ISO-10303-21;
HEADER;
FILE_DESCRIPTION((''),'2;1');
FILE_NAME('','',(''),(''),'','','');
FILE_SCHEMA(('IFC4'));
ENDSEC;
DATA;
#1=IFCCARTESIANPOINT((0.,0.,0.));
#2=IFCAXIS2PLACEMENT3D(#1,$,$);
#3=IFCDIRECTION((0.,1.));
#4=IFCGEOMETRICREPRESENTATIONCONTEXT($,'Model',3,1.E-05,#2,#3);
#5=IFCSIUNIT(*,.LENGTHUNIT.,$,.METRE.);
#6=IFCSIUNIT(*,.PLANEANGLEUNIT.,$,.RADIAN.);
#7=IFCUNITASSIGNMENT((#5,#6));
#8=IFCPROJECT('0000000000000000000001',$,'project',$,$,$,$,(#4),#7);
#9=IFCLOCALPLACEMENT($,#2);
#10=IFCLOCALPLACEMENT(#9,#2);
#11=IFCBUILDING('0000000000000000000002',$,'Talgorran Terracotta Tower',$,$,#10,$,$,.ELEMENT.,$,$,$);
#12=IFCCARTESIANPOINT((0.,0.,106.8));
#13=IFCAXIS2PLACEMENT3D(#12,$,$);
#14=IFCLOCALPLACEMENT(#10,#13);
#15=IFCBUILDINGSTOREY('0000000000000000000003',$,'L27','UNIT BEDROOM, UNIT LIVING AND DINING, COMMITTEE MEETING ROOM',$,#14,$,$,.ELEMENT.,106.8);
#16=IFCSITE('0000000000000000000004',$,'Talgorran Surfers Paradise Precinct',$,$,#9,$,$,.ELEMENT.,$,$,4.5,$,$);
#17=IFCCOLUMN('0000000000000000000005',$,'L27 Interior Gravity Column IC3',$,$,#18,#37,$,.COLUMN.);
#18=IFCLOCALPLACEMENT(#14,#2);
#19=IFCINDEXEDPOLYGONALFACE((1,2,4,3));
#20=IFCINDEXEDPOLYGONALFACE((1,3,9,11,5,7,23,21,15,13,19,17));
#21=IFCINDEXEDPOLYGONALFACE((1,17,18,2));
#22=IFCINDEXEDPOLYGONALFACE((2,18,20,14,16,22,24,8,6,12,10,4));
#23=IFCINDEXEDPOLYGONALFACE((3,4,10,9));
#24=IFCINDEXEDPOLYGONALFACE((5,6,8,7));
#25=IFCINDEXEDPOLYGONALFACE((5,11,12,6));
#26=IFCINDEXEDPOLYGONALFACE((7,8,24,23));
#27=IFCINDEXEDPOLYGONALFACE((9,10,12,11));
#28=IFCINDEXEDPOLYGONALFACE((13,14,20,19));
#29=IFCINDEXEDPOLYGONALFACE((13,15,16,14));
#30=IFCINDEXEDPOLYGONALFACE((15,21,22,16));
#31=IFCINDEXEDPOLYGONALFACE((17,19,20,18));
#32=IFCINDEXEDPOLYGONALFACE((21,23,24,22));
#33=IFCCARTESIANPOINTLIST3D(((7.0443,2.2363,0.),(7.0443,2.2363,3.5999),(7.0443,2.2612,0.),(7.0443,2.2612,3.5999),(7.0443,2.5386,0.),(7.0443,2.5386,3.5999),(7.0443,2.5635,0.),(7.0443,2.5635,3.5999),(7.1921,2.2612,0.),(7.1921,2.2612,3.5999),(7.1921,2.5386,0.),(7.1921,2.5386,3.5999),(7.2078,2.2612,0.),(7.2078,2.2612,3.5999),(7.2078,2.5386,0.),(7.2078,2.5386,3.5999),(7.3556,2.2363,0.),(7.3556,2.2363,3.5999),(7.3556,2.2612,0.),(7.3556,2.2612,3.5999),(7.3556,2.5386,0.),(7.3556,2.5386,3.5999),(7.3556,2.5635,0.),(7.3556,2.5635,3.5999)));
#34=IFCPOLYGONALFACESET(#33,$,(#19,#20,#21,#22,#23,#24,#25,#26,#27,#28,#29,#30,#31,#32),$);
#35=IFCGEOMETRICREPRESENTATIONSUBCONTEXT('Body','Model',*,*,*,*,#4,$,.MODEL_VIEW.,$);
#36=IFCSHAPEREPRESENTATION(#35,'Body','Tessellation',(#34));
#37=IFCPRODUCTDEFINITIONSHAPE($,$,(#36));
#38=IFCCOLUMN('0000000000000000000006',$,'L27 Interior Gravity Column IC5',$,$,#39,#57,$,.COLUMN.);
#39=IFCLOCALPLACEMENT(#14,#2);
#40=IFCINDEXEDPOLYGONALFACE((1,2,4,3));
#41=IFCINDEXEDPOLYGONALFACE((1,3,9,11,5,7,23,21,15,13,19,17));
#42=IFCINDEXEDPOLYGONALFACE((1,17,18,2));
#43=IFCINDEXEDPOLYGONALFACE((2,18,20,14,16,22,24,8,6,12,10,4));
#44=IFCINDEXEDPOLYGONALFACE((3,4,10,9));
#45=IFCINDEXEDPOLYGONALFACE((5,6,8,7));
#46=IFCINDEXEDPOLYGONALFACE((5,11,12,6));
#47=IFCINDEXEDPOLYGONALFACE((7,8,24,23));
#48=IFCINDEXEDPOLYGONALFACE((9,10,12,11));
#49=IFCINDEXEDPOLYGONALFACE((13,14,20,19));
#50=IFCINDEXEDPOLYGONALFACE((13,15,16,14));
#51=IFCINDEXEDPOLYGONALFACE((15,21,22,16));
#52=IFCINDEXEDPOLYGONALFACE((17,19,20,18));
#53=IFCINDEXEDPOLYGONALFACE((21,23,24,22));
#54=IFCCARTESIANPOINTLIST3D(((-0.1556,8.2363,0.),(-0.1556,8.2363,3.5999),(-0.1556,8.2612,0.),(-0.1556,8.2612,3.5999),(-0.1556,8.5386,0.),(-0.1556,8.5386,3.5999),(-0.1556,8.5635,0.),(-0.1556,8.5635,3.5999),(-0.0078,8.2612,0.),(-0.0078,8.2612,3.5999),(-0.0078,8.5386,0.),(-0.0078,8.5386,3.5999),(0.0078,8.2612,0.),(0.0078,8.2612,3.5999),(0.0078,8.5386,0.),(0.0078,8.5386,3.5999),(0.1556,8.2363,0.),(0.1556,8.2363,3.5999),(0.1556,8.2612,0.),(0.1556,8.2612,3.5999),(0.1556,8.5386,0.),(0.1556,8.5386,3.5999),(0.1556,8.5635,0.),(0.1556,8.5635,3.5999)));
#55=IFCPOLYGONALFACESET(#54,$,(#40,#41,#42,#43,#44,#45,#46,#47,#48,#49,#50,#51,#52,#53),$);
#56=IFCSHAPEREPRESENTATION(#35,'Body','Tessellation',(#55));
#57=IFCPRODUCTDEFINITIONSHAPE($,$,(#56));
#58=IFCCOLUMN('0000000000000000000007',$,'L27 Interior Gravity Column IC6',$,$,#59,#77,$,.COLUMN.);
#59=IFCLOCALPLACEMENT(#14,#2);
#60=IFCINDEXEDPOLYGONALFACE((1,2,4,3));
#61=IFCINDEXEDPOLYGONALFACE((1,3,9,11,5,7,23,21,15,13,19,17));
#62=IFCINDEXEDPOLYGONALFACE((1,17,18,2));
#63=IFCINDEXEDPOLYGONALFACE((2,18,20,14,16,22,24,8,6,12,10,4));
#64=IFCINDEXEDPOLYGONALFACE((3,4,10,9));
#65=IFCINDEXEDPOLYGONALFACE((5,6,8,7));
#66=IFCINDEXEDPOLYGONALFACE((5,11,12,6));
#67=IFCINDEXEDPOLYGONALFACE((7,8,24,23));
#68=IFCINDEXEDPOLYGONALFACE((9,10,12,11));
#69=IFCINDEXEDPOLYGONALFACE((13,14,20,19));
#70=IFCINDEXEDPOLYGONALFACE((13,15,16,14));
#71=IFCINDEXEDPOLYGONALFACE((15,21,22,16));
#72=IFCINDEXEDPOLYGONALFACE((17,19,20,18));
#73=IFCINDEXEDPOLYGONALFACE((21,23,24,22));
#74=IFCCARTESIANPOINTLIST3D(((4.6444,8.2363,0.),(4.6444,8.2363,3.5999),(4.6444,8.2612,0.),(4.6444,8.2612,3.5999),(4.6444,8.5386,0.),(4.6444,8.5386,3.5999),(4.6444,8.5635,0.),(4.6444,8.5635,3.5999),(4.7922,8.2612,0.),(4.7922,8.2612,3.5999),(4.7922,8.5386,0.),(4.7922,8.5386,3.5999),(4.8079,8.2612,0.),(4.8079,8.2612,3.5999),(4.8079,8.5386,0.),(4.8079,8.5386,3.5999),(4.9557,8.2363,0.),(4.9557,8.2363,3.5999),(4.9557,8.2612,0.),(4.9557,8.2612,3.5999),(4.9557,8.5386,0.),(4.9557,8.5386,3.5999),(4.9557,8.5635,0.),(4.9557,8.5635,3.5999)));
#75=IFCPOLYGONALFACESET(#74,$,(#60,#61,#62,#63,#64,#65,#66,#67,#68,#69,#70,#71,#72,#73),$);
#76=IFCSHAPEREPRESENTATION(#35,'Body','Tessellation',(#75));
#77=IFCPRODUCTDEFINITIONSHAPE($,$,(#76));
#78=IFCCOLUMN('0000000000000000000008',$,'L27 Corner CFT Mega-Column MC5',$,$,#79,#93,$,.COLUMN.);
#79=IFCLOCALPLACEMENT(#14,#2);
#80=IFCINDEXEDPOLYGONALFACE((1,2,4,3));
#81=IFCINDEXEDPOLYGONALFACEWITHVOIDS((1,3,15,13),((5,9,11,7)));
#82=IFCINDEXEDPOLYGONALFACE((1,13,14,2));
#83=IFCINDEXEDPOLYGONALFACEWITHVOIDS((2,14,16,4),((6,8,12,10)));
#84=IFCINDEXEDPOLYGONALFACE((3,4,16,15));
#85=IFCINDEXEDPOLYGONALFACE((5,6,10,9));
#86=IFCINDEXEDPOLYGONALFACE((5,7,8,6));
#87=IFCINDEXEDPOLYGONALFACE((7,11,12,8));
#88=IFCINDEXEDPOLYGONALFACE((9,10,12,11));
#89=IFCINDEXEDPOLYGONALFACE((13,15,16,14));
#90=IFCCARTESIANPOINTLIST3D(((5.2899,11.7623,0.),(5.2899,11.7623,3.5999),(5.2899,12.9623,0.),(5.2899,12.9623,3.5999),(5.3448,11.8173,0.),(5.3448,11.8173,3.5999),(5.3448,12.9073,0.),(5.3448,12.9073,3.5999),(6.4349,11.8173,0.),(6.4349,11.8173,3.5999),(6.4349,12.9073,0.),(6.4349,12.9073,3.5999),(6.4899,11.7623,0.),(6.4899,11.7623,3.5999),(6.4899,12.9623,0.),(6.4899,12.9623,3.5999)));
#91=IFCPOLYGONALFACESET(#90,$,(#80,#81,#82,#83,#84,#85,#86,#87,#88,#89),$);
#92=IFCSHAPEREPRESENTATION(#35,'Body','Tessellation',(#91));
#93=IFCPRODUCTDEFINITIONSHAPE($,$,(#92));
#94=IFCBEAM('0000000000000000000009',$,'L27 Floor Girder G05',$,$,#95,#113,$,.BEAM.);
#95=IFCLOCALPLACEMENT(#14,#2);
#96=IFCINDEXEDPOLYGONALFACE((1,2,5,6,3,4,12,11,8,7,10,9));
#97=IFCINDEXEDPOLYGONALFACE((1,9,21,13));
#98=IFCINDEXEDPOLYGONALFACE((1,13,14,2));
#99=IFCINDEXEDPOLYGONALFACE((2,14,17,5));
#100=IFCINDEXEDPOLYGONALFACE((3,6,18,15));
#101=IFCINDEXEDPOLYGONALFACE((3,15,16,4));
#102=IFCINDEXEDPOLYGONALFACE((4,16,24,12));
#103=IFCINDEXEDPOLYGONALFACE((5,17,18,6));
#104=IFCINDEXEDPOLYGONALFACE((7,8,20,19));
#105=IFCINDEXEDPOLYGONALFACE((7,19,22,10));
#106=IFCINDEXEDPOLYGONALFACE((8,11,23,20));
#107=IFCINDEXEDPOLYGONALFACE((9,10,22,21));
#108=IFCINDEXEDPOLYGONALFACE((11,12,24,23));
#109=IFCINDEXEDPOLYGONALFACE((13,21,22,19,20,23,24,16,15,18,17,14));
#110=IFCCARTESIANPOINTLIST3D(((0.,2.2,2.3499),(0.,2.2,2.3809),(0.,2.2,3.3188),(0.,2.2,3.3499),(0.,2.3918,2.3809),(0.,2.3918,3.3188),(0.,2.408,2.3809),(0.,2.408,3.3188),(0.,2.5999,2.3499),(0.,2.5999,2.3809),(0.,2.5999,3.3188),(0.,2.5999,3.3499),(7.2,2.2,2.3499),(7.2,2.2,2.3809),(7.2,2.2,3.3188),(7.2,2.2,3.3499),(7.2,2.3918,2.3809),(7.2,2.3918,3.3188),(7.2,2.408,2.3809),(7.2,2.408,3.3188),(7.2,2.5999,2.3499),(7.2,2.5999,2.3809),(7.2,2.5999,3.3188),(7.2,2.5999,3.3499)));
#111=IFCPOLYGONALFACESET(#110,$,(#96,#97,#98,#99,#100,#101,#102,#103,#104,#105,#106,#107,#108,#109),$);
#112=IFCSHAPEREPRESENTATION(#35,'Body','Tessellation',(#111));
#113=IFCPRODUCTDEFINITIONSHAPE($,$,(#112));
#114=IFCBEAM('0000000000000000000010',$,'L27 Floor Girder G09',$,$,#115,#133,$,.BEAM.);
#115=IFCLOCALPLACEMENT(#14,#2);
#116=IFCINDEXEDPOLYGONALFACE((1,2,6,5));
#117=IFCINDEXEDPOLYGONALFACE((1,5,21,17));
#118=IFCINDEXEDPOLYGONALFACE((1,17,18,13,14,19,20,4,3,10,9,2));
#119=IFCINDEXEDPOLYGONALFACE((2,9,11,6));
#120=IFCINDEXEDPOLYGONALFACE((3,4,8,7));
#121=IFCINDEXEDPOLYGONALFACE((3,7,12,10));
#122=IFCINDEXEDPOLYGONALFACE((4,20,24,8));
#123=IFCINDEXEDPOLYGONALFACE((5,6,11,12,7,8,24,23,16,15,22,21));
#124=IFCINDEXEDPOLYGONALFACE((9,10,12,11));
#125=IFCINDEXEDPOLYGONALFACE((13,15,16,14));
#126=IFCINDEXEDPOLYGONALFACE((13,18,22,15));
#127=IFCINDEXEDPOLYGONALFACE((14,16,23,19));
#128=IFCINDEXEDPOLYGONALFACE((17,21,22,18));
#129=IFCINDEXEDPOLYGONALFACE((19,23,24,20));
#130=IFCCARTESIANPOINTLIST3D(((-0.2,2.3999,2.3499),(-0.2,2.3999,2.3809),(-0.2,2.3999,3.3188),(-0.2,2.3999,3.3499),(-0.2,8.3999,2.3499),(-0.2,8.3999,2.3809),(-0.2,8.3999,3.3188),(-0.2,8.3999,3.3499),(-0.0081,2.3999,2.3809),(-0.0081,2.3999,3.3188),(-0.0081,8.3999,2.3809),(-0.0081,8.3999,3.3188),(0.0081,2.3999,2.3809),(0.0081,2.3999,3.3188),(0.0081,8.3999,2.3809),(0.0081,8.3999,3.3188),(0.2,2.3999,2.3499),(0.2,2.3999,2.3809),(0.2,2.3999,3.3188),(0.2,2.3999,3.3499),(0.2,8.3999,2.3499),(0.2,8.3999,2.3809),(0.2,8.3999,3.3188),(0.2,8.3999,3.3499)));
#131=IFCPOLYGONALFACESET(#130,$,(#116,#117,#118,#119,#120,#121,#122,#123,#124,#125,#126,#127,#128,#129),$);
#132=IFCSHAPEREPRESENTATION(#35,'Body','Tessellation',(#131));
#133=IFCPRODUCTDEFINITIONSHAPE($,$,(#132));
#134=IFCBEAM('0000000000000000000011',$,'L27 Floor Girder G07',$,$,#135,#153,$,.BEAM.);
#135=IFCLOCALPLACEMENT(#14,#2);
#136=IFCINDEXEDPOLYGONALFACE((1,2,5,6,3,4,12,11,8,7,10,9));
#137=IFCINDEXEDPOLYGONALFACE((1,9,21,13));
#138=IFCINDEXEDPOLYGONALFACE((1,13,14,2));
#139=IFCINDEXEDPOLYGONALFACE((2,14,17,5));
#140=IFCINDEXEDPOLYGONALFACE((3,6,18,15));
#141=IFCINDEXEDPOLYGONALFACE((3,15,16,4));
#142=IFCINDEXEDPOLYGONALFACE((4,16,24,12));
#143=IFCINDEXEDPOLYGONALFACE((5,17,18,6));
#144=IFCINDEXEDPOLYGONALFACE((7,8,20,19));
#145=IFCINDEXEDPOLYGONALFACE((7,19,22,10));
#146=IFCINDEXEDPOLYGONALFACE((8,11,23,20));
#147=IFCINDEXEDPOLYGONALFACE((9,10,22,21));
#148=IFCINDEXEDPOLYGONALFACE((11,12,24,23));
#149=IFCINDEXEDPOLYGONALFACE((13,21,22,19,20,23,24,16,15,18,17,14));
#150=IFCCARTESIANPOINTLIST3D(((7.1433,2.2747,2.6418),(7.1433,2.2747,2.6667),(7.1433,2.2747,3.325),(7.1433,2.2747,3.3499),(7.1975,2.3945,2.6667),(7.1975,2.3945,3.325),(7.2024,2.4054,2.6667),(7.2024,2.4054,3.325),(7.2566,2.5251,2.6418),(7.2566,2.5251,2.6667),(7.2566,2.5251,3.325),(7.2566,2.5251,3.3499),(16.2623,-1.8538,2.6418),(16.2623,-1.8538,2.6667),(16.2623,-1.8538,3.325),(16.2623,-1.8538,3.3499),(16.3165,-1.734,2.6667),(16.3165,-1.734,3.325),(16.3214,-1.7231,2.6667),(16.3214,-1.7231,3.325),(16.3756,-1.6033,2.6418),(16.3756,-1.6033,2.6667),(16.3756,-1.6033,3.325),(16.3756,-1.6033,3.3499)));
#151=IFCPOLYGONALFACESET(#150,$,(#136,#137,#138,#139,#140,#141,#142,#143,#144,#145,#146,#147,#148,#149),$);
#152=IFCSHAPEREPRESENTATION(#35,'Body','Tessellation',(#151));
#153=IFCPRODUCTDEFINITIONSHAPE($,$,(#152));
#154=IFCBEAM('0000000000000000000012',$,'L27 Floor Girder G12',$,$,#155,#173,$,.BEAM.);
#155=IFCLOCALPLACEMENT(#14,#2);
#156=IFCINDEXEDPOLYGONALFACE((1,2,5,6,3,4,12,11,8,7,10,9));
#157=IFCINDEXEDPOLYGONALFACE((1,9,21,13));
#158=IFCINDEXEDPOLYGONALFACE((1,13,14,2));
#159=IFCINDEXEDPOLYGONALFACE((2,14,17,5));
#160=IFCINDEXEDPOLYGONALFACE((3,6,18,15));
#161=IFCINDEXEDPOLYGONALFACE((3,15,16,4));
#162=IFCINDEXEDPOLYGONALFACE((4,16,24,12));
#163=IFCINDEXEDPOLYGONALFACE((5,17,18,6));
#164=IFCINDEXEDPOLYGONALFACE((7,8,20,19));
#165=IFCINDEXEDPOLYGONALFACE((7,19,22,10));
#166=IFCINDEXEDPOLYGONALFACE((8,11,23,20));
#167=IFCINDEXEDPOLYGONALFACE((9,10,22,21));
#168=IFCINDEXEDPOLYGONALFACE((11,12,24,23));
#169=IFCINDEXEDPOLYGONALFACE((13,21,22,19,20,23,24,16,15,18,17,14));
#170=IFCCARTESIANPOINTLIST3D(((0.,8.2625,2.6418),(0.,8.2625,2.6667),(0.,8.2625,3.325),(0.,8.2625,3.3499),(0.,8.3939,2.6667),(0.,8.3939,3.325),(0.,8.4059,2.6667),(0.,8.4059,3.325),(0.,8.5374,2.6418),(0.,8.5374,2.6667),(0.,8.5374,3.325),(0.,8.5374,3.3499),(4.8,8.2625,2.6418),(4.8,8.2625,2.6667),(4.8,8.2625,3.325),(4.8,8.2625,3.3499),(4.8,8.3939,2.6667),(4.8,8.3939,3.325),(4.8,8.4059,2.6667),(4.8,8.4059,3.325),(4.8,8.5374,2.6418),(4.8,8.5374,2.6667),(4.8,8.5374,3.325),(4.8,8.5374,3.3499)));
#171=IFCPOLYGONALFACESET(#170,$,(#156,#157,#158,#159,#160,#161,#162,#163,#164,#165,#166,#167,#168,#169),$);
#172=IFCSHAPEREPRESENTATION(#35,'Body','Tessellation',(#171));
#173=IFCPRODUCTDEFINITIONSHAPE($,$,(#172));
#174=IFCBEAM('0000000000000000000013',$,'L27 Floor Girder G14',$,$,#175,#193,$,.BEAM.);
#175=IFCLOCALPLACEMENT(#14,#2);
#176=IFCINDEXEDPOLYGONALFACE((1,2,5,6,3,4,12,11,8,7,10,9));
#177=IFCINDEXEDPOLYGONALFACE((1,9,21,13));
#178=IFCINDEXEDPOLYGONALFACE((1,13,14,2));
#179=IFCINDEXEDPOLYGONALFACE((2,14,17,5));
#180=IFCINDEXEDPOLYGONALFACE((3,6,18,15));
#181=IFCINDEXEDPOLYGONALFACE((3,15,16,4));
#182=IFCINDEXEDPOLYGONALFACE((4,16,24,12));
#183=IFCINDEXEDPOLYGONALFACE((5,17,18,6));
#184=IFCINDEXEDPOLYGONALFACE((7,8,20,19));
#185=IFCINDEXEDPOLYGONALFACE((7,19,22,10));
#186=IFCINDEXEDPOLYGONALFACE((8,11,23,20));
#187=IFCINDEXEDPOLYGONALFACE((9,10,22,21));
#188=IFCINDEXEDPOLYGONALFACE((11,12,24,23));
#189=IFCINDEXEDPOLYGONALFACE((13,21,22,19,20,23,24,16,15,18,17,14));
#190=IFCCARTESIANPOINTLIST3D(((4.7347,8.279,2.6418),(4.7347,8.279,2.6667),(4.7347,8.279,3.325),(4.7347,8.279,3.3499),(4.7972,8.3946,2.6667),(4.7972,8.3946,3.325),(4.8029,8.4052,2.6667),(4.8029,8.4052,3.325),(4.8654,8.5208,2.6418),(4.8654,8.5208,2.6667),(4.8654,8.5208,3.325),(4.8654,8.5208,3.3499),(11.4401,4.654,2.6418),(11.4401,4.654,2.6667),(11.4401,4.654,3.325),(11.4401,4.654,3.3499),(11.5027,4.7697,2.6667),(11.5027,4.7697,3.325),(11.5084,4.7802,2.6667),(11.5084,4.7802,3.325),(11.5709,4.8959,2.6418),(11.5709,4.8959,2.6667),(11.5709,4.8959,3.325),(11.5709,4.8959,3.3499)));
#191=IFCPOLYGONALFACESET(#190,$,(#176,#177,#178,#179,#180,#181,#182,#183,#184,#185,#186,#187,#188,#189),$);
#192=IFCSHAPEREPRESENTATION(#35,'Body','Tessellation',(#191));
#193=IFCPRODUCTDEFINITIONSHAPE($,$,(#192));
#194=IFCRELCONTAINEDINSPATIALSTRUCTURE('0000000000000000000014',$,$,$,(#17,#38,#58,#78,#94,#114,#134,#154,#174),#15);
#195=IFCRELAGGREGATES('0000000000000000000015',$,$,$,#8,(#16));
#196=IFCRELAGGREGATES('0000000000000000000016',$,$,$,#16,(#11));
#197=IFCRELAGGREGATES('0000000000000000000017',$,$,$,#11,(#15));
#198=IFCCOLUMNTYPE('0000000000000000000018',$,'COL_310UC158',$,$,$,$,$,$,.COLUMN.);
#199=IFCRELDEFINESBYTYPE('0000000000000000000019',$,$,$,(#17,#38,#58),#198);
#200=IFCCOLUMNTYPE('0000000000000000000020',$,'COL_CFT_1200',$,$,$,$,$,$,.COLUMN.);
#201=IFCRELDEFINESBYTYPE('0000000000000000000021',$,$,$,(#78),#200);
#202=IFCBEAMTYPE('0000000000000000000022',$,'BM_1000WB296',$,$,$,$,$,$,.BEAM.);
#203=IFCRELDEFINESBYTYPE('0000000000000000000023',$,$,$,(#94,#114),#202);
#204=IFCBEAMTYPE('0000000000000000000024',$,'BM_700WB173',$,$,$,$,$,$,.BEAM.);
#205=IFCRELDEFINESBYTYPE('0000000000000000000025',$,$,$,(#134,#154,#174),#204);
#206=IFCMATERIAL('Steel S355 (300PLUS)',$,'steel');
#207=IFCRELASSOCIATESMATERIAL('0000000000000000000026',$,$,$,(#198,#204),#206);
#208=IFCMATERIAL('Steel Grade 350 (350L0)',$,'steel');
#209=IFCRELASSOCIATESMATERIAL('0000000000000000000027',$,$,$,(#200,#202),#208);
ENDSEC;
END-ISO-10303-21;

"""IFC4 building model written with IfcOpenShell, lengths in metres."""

from ifc_helpers import new_model, si_unit, direction, frame, origin, origin_2d, place, context, subcontext, project, spatial, hollow_rectangle, i_section, extrude, material, material_profile, profile_set, type_object, element, save


model = new_model("IFC4")

# Units and contexts
model_context = context("Model", 3, precision=1e-05, world=origin(), true_north=direction((0.0, 1.0)))
body_context = subcontext(model_context, "Body", "Model", "MODEL_VIEW")
ifc_project = project(units=[si_unit("LENGTHUNIT", "METRE"), si_unit("PLANEANGLEUNIT", "RADIAN")], contexts=[model_context])

# Site, building, storey
site_placement = place(None, origin())
site = spatial("IfcSite", under=ifc_project, at=site_placement, Name="Talgorran Surfers Paradise Precinct", CompositionType="ELEMENT", RefElevation=4.5)
building_placement = place(site_placement, origin())
building = spatial("IfcBuilding", under=site, at=building_placement, Name="Talgorran Terracotta Tower", CompositionType="ELEMENT")
storey_placement = place(building_placement, frame((0.0, 0.0, 106.8)))
storey = spatial("IfcBuildingStorey", under=building, at=storey_placement, Name="L27", Description="UNIT BEDROOM, UNIT LIVING AND DINING, COMMITTEE MEETING ROOM", CompositionType="ELEMENT", Elevation=106.8)

# Columns
ifc_material_1 = material(Name="Steel S355 (300PLUS)", Category="steel")
ifc_material_profile_1 = material_profile(ifc_material_1, i_section(OverallWidth=0.3113, OverallDepth=0.3271, WebThickness=0.0156, FlangeThickness=0.0249, at=origin_2d()), Name="310UC158")
ifc_profile_set_1 = profile_set([ifc_material_profile_1], Name="Steel S355 (300PLUS)")
column_type_1 = type_object("IfcColumnType", Name="COL_310UC158", PredefinedType="COLUMN", material=ifc_profile_set_1)
for number, where, z_axis, x_axis, name in (
    (1, (7.2, 2.3999, 0.0), (0.0, 0.0, 1.0), (1.0, 0.0, 0.0), "L27 Interior Gravity Column IC3"),
    (2, (0.0, 8.3999, 0.0), (0.0, 0.0, 1.0), (1.0, 0.0, 0.0), "L27 Interior Gravity Column IC5"),
    (3, (4.8, 8.3999, 0.0), (0.0, 0.0, 1.0), (1.0, 0.0, 0.0), "L27 Interior Gravity Column IC6"),
):
    element("IfcColumn", number, at=place(storey_placement, frame(where, z_axis=z_axis, x_axis=x_axis)), inside=storey, type_object=column_type_1, Name=name, PredefinedType="COLUMN", context=body_context, shape_type="SweptSolid", body=[
        extrude(i_section(OverallWidth=0.3113, OverallDepth=0.3271, WebThickness=0.0156, FlangeThickness=0.0249, at=origin_2d()), origin(), (0.0, 0.0, 1.0), 3.5999),
    ])
ifc_material_2 = material(Name="Steel Grade 350 (350L0)", Category="steel")
ifc_material_profile_2 = material_profile(ifc_material_2, hollow_rectangle(XDim=1.2, YDim=1.2, WallThickness=0.0549, at=origin_2d()), Name="CFT1200X1200X55")
ifc_profile_set_2 = profile_set([ifc_material_profile_2], Name="Steel Grade 350 (350L0)")
column_type_2 = type_object("IfcColumnType", Name="COL_CFT_1200", PredefinedType="COLUMN", material=ifc_profile_set_2)
column_placement = place(storey_placement, frame((5.8899, 12.3623, 0.0), z_axis=(0.0, 0.0, 1.0), x_axis=(1.0, 0.0, 0.0)))
element("IfcColumn", 4, at=column_placement, inside=storey, type_object=column_type_2, Name="L27 Corner CFT Mega-Column MC5", PredefinedType="COLUMN", context=body_context, shape_type="SweptSolid", body=[
    extrude(hollow_rectangle(XDim=1.2, YDim=1.2, WallThickness=0.0549, at=origin_2d()), origin(), (0.0, 0.0, 1.0), 3.5999),
])

# Beams
ifc_material_profile_3 = material_profile(ifc_material_2, i_section(OverallWidth=0.3999, OverallDepth=1.0, WebThickness=0.0161, FlangeThickness=0.031, at=origin_2d()), Name="1000WB296")
ifc_profile_set_3 = profile_set([ifc_material_profile_3], Name="Steel Grade 350 (350L0)")
beam_type_1 = type_object("IfcBeamType", Name="BM_1000WB296", PredefinedType="BEAM", material=ifc_profile_set_3)
beam_1_placement = place(storey_placement, frame((0.0, 2.3999, 2.8499), z_axis=(1.0, 0.0, 0.0), x_axis=(0.0, 1.0, 0.0)))
element("IfcBeam", 5, at=beam_1_placement, inside=storey, type_object=beam_type_1, Name="L27 Floor Girder G05", PredefinedType="BEAM", context=body_context, shape_type="SweptSolid", body=[
    extrude(i_section(OverallWidth=0.3999, OverallDepth=1.0, WebThickness=0.0161, FlangeThickness=0.031, at=origin_2d()), origin(), (0.0, 0.0, 1.0), 7.2),
])
beam_2_placement = place(storey_placement, frame((0.0, 2.3999, 2.8499), z_axis=(0.0, 1.0, 0.0), x_axis=(-1.0, 0.0, 0.0)))
element("IfcBeam", 6, at=beam_2_placement, inside=storey, type_object=beam_type_1, Name="L27 Floor Girder G09", PredefinedType="BEAM", context=body_context, shape_type="SweptSolid", body=[
    extrude(i_section(OverallWidth=0.3999, OverallDepth=1.0, WebThickness=0.0161, FlangeThickness=0.031, at=origin_2d()), origin(), (0.0, 0.0, 1.0), 6.0),
])
ifc_material_profile_4 = material_profile(ifc_material_1, i_section(OverallWidth=0.2749, OverallDepth=0.708, WebThickness=0.012, FlangeThickness=0.0249, at=origin_2d()), Name="700WB173")
ifc_profile_set_4 = profile_set([ifc_material_profile_4], Name="Steel S355 (300PLUS)")
beam_type_2 = type_object("IfcBeamType", Name="BM_700WB173", PredefinedType="BEAM", material=ifc_profile_set_4)
beam_3_placement = place(storey_placement, frame((7.2, 2.3999, 2.9958), z_axis=(0.910988, -0.412433, 0.0), x_axis=(0.412433, 0.910988, 0.0)))
element("IfcBeam", 7, at=beam_3_placement, inside=storey, type_object=beam_type_2, Name="L27 Floor Girder G07", PredefinedType="BEAM", context=body_context, shape_type="SweptSolid", body=[
    extrude(i_section(OverallWidth=0.2749, OverallDepth=0.708, WebThickness=0.012, FlangeThickness=0.0249, at=origin_2d()), origin(), (0.0, 0.0, 1.0), 10.01),
])
beam_4_placement = place(storey_placement, frame((0.0, 8.3999, 2.9958), z_axis=(1.0, 0.0, 0.0), x_axis=(0.0, 1.0, 0.0)))
element("IfcBeam", 8, at=beam_4_placement, inside=storey, type_object=beam_type_2, Name="L27 Floor Girder G12", PredefinedType="BEAM", context=body_context, shape_type="SweptSolid", body=[
    extrude(i_section(OverallWidth=0.2749, OverallDepth=0.708, WebThickness=0.012, FlangeThickness=0.0249, at=origin_2d()), origin(), (0.0, 0.0, 1.0), 4.8),
])
beam_5_placement = place(storey_placement, frame((4.8, 8.3999, 2.9958), z_axis=(0.879686, -0.475555, 0.0), x_axis=(0.475555, 0.879686, 0.0)))
element("IfcBeam", 9, at=beam_5_placement, inside=storey, type_object=beam_type_2, Name="L27 Floor Girder G14", PredefinedType="BEAM", context=body_context, shape_type="SweptSolid", body=[
    extrude(i_section(OverallWidth=0.2749, OverallDepth=0.708, WebThickness=0.012, FlangeThickness=0.0249, at=origin_2d()), origin(), (0.0, 0.0, 1.0), 7.6226),
])

save(model, "model.ifc")
